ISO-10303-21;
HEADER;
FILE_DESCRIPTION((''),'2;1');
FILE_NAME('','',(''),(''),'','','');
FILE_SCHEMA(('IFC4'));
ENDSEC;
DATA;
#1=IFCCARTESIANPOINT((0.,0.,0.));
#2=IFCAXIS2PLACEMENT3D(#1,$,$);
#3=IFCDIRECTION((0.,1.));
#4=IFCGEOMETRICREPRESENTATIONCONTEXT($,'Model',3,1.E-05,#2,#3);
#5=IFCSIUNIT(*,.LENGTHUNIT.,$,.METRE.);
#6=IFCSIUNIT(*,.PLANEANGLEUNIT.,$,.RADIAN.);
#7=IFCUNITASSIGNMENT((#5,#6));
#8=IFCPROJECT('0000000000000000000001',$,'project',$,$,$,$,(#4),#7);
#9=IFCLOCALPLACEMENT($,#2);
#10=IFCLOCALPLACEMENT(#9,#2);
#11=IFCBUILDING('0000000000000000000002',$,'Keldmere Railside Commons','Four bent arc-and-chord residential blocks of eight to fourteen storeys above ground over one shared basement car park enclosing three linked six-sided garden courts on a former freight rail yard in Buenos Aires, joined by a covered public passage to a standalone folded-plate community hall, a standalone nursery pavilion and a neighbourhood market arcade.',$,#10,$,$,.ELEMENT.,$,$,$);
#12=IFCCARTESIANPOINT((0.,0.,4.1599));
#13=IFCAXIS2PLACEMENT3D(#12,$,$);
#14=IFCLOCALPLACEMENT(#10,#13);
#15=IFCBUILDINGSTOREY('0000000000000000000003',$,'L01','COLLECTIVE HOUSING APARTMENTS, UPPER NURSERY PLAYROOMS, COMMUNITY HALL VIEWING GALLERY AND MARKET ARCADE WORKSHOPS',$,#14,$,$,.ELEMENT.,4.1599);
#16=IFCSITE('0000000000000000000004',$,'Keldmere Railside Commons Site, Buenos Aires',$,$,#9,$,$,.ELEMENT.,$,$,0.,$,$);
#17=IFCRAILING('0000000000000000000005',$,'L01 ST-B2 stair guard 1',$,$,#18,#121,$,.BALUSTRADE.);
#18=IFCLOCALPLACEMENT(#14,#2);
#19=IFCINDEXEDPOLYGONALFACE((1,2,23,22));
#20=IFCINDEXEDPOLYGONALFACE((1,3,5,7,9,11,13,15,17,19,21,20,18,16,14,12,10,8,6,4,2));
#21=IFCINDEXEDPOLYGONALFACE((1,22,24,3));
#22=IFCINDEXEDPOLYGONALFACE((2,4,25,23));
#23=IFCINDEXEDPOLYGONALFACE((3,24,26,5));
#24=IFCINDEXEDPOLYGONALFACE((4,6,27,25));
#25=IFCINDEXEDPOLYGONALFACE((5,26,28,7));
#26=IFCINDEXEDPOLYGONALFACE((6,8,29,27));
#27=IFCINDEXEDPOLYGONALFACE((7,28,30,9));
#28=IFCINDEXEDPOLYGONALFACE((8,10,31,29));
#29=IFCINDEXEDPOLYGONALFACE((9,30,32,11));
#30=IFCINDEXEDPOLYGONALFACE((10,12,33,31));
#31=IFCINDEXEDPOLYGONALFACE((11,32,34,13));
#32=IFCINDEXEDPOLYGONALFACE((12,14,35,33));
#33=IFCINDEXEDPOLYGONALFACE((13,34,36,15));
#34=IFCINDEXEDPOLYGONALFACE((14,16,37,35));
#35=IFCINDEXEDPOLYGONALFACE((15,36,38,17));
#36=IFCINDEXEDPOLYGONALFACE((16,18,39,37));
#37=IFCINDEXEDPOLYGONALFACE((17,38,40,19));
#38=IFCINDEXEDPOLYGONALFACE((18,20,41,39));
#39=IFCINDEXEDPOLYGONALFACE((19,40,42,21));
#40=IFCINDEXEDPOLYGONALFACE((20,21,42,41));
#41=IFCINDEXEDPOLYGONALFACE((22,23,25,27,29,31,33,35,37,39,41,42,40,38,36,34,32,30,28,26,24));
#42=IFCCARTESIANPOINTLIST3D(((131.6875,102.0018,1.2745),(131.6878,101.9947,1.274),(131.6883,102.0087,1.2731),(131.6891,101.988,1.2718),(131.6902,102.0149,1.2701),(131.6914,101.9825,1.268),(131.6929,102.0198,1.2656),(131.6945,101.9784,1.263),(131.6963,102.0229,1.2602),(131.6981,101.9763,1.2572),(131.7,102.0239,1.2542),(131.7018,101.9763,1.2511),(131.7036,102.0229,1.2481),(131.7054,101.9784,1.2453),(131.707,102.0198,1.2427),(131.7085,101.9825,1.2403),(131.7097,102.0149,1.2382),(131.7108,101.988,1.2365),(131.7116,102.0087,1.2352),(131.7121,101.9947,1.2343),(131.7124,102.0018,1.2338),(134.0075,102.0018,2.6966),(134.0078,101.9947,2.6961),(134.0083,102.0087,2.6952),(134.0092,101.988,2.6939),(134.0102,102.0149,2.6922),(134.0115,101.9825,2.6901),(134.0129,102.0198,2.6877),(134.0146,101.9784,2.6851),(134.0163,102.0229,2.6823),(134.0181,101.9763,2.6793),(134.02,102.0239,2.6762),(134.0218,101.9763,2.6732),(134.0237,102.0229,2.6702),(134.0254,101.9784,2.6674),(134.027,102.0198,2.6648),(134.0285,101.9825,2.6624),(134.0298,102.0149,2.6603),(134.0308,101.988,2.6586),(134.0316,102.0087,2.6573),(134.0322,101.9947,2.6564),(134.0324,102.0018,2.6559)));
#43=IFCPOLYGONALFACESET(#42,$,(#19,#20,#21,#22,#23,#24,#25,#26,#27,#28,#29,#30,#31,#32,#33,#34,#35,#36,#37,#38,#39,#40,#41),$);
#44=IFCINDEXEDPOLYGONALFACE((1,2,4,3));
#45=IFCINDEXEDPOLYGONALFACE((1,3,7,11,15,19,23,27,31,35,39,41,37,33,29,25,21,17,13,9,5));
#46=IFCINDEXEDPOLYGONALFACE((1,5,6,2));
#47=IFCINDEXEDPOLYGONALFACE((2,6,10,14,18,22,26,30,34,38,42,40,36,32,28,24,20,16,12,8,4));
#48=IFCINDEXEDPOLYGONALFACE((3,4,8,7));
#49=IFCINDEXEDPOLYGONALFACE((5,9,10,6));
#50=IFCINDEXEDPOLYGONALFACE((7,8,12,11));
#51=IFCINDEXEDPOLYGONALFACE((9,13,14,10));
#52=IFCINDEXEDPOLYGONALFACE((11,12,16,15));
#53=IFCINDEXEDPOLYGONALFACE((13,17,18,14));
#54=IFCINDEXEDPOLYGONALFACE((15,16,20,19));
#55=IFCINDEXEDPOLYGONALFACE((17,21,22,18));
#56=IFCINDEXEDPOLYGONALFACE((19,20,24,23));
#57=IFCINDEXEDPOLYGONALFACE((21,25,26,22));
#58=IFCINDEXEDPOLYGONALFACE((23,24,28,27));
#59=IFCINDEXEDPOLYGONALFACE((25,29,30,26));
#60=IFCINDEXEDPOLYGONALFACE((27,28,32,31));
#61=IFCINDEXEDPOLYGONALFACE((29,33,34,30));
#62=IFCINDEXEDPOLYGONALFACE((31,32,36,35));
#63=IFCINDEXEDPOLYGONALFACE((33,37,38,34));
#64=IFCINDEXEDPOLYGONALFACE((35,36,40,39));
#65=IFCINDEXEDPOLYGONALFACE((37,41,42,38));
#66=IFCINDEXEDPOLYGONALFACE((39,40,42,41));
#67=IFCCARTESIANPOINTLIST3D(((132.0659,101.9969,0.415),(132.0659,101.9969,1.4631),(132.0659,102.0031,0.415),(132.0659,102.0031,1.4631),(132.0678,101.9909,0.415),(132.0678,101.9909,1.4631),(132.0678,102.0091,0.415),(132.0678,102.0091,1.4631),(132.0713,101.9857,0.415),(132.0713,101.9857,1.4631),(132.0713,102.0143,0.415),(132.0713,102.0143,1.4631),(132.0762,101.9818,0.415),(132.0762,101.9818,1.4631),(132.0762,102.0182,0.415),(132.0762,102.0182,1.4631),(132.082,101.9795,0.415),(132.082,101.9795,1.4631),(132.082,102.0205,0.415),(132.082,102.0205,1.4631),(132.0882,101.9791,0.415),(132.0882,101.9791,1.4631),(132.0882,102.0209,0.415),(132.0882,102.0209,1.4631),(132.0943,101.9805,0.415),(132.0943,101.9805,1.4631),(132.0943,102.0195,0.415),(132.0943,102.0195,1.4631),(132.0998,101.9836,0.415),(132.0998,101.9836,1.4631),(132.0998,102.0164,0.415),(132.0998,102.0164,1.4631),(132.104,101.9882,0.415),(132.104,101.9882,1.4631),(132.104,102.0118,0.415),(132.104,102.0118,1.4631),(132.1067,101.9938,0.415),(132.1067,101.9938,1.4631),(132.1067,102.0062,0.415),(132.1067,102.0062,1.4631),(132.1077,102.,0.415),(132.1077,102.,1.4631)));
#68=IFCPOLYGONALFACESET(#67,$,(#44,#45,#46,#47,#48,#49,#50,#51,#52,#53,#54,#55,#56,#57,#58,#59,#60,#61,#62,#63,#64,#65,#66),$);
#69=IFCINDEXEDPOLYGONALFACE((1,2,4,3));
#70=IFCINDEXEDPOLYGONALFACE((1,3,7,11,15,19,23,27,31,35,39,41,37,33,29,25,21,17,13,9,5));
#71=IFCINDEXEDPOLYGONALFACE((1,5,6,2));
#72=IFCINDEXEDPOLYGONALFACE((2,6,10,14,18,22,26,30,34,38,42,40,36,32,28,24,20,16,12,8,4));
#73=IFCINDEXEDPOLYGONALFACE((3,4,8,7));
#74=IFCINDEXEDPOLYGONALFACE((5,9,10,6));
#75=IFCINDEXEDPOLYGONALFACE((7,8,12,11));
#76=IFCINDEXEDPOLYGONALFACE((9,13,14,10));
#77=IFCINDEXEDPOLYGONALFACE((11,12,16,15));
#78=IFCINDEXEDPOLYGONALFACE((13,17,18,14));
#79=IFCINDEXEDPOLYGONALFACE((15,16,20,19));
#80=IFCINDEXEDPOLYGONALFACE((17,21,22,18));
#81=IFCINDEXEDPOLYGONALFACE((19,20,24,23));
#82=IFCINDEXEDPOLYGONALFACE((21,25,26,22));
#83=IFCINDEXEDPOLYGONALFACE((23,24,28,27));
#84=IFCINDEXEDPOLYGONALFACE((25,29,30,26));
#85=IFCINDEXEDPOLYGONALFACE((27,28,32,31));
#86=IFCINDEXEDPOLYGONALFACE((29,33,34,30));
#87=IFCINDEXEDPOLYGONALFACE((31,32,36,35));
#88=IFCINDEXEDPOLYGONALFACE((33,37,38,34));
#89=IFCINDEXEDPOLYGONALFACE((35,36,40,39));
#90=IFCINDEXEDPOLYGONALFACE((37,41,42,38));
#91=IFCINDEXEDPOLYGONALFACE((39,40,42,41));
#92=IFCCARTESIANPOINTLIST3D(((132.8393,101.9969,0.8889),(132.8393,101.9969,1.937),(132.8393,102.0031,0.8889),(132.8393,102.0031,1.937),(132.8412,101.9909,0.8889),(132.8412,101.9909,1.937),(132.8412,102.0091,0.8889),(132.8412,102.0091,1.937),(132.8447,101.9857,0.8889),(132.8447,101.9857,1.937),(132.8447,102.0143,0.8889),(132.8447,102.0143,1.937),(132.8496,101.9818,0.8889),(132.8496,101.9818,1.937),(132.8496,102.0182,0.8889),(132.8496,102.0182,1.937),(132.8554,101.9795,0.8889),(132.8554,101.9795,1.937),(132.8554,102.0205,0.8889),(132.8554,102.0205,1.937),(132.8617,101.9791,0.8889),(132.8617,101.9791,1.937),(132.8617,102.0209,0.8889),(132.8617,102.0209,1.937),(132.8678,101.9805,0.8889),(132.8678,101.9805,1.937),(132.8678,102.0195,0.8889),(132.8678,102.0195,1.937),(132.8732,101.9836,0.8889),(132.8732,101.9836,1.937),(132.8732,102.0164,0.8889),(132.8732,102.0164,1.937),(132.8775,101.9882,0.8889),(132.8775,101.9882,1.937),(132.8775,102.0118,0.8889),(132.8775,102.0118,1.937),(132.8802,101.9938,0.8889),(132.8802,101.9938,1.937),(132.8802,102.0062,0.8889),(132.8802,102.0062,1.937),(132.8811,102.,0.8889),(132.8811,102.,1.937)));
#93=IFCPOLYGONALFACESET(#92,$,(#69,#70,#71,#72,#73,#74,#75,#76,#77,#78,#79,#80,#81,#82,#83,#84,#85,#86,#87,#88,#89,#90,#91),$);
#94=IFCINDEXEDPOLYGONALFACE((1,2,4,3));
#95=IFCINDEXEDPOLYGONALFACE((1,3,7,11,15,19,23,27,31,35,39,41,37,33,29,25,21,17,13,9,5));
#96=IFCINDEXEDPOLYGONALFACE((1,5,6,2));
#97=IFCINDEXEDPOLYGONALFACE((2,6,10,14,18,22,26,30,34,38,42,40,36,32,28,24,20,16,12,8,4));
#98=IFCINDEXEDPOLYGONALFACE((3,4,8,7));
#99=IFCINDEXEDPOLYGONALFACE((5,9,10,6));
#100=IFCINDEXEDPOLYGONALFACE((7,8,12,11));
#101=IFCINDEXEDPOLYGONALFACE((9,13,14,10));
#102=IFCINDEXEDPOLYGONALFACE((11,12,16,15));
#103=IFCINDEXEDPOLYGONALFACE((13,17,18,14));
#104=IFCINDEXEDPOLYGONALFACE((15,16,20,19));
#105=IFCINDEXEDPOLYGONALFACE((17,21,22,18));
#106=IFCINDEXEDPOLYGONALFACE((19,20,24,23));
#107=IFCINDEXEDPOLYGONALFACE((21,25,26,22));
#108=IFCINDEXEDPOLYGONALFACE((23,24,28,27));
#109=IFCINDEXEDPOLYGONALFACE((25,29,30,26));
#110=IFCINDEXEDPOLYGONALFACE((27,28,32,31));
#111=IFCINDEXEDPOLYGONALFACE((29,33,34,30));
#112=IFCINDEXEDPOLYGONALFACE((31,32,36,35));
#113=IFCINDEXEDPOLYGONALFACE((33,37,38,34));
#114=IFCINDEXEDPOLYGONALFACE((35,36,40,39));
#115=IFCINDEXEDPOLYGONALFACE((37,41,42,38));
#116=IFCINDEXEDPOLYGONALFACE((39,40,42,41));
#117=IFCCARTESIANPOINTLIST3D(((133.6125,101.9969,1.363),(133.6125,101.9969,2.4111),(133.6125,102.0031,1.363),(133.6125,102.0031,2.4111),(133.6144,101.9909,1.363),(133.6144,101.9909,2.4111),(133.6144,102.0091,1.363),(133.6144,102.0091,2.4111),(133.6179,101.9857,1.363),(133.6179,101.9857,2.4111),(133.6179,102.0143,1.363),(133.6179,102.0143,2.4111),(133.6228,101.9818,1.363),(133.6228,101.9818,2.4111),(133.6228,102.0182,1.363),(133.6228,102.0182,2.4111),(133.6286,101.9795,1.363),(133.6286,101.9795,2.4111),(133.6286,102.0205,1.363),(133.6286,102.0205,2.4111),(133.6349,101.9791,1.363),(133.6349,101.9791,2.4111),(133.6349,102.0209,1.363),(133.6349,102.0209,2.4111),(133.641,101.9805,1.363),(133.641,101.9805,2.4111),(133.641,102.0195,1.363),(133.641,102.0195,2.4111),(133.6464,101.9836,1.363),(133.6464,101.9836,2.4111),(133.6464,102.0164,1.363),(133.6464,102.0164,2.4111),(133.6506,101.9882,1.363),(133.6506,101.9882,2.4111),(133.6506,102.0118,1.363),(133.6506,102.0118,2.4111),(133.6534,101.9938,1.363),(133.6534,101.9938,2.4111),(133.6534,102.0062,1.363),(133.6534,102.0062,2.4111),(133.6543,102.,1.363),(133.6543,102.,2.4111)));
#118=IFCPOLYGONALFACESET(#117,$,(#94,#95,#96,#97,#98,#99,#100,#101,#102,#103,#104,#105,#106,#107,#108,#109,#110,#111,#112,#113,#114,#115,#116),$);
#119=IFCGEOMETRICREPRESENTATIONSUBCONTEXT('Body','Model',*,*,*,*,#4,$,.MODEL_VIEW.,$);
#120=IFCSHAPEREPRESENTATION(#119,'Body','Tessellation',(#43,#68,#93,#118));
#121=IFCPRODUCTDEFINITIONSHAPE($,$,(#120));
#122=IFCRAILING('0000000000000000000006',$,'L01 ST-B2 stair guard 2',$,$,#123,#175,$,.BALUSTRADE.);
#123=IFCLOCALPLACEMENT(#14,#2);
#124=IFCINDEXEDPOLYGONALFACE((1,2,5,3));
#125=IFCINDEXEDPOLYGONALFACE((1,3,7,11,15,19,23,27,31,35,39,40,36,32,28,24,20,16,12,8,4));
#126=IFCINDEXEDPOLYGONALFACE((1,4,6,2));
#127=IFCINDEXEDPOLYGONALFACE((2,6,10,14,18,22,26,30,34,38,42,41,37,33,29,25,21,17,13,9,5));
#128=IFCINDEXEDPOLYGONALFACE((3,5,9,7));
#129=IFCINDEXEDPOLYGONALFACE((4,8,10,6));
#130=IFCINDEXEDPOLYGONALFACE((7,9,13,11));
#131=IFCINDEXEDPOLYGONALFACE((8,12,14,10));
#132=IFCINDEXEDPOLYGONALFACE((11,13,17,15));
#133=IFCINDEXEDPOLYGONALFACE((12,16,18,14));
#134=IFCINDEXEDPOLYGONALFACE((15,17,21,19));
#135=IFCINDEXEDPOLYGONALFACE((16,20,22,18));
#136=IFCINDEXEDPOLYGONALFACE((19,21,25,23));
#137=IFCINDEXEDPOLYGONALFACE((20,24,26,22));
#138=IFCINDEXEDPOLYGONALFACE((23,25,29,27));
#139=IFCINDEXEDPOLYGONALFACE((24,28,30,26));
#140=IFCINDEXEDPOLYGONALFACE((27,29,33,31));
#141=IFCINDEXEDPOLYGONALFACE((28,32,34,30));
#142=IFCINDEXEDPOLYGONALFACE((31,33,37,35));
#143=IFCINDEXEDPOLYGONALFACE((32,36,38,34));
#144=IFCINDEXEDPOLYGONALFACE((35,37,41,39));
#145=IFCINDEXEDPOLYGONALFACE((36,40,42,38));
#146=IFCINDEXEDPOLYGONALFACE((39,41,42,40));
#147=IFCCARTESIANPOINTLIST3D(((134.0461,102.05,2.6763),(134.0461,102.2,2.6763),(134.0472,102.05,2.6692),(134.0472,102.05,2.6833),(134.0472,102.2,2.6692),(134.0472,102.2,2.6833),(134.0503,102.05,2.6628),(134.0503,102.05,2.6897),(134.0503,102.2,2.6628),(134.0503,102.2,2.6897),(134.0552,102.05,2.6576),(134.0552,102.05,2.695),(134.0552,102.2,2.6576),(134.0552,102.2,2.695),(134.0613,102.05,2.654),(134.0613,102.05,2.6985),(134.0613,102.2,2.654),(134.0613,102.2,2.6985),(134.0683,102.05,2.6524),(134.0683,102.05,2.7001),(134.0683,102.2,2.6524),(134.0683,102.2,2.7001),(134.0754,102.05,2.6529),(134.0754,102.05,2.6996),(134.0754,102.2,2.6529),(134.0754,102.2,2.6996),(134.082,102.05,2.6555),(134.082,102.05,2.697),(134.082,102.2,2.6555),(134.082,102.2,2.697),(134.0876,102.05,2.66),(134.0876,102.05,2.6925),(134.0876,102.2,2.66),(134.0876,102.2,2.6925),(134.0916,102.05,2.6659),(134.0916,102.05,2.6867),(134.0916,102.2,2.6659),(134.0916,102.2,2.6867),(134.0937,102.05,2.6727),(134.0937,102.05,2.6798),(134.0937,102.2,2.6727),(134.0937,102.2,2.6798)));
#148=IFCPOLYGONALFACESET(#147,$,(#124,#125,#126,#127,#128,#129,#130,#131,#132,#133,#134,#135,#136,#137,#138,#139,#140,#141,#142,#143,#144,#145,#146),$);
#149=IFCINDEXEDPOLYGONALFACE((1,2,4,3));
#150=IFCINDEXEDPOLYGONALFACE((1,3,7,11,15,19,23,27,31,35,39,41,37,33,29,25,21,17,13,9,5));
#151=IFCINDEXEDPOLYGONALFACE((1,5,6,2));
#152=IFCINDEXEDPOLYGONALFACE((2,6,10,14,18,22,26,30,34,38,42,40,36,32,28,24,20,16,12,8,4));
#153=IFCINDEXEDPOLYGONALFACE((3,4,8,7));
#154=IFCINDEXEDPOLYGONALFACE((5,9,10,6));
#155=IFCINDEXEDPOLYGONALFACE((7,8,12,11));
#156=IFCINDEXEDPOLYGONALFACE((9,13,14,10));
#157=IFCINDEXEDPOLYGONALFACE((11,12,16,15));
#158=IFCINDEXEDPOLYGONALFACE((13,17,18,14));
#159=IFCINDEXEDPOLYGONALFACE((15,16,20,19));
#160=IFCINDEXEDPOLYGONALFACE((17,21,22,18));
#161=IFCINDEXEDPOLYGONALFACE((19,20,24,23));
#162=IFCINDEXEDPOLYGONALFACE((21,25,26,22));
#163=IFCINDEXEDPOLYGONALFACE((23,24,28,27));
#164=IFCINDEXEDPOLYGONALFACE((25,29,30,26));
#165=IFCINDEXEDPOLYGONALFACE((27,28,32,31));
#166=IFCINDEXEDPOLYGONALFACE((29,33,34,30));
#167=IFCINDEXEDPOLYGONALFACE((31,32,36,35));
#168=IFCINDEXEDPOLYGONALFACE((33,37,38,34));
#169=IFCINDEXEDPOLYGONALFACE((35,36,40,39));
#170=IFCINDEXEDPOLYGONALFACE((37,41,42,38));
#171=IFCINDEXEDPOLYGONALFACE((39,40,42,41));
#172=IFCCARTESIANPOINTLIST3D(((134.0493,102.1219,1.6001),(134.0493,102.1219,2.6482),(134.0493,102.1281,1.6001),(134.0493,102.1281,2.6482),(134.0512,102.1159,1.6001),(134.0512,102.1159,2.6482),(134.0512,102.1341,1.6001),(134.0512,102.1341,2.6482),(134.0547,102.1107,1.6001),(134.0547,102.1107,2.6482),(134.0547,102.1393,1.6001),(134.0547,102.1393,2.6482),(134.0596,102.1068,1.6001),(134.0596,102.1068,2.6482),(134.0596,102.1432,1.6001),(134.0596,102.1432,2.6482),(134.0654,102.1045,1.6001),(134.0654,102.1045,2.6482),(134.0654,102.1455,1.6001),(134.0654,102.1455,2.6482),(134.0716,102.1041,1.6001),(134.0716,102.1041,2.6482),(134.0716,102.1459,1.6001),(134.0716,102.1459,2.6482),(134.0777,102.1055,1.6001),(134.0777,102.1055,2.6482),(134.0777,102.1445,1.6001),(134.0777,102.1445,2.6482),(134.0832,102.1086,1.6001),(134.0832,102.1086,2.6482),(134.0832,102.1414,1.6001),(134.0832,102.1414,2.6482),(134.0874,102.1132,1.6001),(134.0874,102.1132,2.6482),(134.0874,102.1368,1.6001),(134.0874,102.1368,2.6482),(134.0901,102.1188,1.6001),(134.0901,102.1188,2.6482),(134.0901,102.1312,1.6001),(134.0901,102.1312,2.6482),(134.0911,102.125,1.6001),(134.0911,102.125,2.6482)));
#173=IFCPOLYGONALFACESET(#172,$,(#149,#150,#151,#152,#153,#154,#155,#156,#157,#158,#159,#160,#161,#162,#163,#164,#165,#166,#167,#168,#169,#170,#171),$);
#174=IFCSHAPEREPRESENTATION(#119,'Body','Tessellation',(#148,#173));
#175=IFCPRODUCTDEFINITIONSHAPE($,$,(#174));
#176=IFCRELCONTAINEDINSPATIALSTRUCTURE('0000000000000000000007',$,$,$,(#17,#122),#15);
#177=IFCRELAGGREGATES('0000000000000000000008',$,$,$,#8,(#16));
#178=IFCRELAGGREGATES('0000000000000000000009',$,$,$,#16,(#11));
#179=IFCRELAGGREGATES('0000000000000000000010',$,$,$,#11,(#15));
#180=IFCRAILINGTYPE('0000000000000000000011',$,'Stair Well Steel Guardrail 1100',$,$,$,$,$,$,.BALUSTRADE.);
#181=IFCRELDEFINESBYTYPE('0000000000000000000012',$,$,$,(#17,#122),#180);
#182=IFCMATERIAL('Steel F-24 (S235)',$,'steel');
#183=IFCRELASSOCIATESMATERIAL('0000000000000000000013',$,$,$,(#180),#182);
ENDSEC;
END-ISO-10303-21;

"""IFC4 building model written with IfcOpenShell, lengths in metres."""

from ifc_helpers import new_model, si_unit, direction, frame, origin, origin_2d, place, context, subcontext, project, spatial, circle, extrude, material, type_object, element, save


model = new_model("IFC4")

# Units and contexts
model_context = context("Model", 3, precision=1e-05, world=origin(), true_north=direction((0.0, 1.0)))
body_context = subcontext(model_context, "Body", "Model", "MODEL_VIEW")
ifc_project = project(units=[si_unit("LENGTHUNIT", "METRE"), si_unit("PLANEANGLEUNIT", "RADIAN")], contexts=[model_context])

# Site, building, storey
site_placement = place(None, origin())
site = spatial("IfcSite", under=ifc_project, at=site_placement, Name="Keldmere Railside Commons Site, Buenos Aires", CompositionType="ELEMENT", RefElevation=0.0)
building_placement = place(site_placement, origin())
building = spatial("IfcBuilding", under=site, at=building_placement, Name="Keldmere Railside Commons", Description="Four bent arc-and-chord residential blocks of eight to fourteen storeys above ground over one shared basement car park enclosing three linked six-sided garden courts on a former freight rail yard in Buenos Aires, joined by a covered public passage to a standalone folded-plate community hall, a standalone nursery pavilion and a neighbourhood market arcade.", CompositionType="ELEMENT")
storey_placement = place(building_placement, frame((0.0, 0.0, 4.1599)))
storey = spatial("IfcBuildingStorey", under=building, at=storey_placement, Name="L01", Description="COLLECTIVE HOUSING APARTMENTS, UPPER NURSERY PLAYROOMS, COMMUNITY HALL VIEWING GALLERY AND MARKET ARCADE WORKSHOPS", CompositionType="ELEMENT", Elevation=4.1599)

# Shared definitions
ifc_material_1 = material(Name="Steel F-24 (S235)", Category="steel")

# Railings
railing_type_1 = type_object("IfcRailingType", Name="Stair Well Steel Guardrail 1100", PredefinedType="BALUSTRADE", material=ifc_material_1)
railing_1_placement = place(storey_placement, frame((131.7, 102.0, 0.178)))
element("IfcRailing", 1, at=railing_1_placement, inside=storey, type_object=railing_type_1, Name="L01 ST-B2 stair guard 1", PredefinedType="BALUSTRADE", context=body_context, shape_type="SweptSolid", body=[
    extrude(circle(Radius=0.0239, at=origin_2d()), frame((0.0, 0.0, 1.0762), z_axis=(0.852578, 0.0, 0.5226), x_axis=(0.0, 1.0, 0.0)), (0.0, 0.0, 1.0), 2.7212),
    extrude(circle(Radius=0.021, at=origin_2d()), frame((0.3867, 0.0, 0.2371)), (0.0, 0.0, 1.0), 1.0481),
    extrude(circle(Radius=0.021, at=origin_2d()), frame((1.1602, 0.0, 0.7109)), (0.0, 0.0, 1.0), 1.0481),
    extrude(circle(Radius=0.021, at=origin_2d()), frame((1.9333, 0.0, 1.1851)), (0.0, 0.0, 1.0), 1.0481),
])
railing_2_placement = place(storey_placement, frame((134.0701, 102.05, 1.6001)))
element("IfcRailing", 2, at=railing_2_placement, inside=storey, type_object=railing_type_1, Name="L01 ST-B2 stair guard 2", PredefinedType="BALUSTRADE", context=body_context, shape_type="SweptSolid", body=[
    extrude(circle(Radius=0.0239, at=origin_2d()), frame((0.0, 0.0, 1.0762), z_axis=(0.0, 1.0, 0.0), x_axis=(-1.0, 0.0, 0.0)), (0.0, 0.0, 1.0), 0.1499),
    extrude(circle(Radius=0.021, at=origin_2d()), frame((0.0, 0.075, 0.0)), (0.0, 0.0, 1.0), 1.0481),
])

save(model, "model.ifc")
